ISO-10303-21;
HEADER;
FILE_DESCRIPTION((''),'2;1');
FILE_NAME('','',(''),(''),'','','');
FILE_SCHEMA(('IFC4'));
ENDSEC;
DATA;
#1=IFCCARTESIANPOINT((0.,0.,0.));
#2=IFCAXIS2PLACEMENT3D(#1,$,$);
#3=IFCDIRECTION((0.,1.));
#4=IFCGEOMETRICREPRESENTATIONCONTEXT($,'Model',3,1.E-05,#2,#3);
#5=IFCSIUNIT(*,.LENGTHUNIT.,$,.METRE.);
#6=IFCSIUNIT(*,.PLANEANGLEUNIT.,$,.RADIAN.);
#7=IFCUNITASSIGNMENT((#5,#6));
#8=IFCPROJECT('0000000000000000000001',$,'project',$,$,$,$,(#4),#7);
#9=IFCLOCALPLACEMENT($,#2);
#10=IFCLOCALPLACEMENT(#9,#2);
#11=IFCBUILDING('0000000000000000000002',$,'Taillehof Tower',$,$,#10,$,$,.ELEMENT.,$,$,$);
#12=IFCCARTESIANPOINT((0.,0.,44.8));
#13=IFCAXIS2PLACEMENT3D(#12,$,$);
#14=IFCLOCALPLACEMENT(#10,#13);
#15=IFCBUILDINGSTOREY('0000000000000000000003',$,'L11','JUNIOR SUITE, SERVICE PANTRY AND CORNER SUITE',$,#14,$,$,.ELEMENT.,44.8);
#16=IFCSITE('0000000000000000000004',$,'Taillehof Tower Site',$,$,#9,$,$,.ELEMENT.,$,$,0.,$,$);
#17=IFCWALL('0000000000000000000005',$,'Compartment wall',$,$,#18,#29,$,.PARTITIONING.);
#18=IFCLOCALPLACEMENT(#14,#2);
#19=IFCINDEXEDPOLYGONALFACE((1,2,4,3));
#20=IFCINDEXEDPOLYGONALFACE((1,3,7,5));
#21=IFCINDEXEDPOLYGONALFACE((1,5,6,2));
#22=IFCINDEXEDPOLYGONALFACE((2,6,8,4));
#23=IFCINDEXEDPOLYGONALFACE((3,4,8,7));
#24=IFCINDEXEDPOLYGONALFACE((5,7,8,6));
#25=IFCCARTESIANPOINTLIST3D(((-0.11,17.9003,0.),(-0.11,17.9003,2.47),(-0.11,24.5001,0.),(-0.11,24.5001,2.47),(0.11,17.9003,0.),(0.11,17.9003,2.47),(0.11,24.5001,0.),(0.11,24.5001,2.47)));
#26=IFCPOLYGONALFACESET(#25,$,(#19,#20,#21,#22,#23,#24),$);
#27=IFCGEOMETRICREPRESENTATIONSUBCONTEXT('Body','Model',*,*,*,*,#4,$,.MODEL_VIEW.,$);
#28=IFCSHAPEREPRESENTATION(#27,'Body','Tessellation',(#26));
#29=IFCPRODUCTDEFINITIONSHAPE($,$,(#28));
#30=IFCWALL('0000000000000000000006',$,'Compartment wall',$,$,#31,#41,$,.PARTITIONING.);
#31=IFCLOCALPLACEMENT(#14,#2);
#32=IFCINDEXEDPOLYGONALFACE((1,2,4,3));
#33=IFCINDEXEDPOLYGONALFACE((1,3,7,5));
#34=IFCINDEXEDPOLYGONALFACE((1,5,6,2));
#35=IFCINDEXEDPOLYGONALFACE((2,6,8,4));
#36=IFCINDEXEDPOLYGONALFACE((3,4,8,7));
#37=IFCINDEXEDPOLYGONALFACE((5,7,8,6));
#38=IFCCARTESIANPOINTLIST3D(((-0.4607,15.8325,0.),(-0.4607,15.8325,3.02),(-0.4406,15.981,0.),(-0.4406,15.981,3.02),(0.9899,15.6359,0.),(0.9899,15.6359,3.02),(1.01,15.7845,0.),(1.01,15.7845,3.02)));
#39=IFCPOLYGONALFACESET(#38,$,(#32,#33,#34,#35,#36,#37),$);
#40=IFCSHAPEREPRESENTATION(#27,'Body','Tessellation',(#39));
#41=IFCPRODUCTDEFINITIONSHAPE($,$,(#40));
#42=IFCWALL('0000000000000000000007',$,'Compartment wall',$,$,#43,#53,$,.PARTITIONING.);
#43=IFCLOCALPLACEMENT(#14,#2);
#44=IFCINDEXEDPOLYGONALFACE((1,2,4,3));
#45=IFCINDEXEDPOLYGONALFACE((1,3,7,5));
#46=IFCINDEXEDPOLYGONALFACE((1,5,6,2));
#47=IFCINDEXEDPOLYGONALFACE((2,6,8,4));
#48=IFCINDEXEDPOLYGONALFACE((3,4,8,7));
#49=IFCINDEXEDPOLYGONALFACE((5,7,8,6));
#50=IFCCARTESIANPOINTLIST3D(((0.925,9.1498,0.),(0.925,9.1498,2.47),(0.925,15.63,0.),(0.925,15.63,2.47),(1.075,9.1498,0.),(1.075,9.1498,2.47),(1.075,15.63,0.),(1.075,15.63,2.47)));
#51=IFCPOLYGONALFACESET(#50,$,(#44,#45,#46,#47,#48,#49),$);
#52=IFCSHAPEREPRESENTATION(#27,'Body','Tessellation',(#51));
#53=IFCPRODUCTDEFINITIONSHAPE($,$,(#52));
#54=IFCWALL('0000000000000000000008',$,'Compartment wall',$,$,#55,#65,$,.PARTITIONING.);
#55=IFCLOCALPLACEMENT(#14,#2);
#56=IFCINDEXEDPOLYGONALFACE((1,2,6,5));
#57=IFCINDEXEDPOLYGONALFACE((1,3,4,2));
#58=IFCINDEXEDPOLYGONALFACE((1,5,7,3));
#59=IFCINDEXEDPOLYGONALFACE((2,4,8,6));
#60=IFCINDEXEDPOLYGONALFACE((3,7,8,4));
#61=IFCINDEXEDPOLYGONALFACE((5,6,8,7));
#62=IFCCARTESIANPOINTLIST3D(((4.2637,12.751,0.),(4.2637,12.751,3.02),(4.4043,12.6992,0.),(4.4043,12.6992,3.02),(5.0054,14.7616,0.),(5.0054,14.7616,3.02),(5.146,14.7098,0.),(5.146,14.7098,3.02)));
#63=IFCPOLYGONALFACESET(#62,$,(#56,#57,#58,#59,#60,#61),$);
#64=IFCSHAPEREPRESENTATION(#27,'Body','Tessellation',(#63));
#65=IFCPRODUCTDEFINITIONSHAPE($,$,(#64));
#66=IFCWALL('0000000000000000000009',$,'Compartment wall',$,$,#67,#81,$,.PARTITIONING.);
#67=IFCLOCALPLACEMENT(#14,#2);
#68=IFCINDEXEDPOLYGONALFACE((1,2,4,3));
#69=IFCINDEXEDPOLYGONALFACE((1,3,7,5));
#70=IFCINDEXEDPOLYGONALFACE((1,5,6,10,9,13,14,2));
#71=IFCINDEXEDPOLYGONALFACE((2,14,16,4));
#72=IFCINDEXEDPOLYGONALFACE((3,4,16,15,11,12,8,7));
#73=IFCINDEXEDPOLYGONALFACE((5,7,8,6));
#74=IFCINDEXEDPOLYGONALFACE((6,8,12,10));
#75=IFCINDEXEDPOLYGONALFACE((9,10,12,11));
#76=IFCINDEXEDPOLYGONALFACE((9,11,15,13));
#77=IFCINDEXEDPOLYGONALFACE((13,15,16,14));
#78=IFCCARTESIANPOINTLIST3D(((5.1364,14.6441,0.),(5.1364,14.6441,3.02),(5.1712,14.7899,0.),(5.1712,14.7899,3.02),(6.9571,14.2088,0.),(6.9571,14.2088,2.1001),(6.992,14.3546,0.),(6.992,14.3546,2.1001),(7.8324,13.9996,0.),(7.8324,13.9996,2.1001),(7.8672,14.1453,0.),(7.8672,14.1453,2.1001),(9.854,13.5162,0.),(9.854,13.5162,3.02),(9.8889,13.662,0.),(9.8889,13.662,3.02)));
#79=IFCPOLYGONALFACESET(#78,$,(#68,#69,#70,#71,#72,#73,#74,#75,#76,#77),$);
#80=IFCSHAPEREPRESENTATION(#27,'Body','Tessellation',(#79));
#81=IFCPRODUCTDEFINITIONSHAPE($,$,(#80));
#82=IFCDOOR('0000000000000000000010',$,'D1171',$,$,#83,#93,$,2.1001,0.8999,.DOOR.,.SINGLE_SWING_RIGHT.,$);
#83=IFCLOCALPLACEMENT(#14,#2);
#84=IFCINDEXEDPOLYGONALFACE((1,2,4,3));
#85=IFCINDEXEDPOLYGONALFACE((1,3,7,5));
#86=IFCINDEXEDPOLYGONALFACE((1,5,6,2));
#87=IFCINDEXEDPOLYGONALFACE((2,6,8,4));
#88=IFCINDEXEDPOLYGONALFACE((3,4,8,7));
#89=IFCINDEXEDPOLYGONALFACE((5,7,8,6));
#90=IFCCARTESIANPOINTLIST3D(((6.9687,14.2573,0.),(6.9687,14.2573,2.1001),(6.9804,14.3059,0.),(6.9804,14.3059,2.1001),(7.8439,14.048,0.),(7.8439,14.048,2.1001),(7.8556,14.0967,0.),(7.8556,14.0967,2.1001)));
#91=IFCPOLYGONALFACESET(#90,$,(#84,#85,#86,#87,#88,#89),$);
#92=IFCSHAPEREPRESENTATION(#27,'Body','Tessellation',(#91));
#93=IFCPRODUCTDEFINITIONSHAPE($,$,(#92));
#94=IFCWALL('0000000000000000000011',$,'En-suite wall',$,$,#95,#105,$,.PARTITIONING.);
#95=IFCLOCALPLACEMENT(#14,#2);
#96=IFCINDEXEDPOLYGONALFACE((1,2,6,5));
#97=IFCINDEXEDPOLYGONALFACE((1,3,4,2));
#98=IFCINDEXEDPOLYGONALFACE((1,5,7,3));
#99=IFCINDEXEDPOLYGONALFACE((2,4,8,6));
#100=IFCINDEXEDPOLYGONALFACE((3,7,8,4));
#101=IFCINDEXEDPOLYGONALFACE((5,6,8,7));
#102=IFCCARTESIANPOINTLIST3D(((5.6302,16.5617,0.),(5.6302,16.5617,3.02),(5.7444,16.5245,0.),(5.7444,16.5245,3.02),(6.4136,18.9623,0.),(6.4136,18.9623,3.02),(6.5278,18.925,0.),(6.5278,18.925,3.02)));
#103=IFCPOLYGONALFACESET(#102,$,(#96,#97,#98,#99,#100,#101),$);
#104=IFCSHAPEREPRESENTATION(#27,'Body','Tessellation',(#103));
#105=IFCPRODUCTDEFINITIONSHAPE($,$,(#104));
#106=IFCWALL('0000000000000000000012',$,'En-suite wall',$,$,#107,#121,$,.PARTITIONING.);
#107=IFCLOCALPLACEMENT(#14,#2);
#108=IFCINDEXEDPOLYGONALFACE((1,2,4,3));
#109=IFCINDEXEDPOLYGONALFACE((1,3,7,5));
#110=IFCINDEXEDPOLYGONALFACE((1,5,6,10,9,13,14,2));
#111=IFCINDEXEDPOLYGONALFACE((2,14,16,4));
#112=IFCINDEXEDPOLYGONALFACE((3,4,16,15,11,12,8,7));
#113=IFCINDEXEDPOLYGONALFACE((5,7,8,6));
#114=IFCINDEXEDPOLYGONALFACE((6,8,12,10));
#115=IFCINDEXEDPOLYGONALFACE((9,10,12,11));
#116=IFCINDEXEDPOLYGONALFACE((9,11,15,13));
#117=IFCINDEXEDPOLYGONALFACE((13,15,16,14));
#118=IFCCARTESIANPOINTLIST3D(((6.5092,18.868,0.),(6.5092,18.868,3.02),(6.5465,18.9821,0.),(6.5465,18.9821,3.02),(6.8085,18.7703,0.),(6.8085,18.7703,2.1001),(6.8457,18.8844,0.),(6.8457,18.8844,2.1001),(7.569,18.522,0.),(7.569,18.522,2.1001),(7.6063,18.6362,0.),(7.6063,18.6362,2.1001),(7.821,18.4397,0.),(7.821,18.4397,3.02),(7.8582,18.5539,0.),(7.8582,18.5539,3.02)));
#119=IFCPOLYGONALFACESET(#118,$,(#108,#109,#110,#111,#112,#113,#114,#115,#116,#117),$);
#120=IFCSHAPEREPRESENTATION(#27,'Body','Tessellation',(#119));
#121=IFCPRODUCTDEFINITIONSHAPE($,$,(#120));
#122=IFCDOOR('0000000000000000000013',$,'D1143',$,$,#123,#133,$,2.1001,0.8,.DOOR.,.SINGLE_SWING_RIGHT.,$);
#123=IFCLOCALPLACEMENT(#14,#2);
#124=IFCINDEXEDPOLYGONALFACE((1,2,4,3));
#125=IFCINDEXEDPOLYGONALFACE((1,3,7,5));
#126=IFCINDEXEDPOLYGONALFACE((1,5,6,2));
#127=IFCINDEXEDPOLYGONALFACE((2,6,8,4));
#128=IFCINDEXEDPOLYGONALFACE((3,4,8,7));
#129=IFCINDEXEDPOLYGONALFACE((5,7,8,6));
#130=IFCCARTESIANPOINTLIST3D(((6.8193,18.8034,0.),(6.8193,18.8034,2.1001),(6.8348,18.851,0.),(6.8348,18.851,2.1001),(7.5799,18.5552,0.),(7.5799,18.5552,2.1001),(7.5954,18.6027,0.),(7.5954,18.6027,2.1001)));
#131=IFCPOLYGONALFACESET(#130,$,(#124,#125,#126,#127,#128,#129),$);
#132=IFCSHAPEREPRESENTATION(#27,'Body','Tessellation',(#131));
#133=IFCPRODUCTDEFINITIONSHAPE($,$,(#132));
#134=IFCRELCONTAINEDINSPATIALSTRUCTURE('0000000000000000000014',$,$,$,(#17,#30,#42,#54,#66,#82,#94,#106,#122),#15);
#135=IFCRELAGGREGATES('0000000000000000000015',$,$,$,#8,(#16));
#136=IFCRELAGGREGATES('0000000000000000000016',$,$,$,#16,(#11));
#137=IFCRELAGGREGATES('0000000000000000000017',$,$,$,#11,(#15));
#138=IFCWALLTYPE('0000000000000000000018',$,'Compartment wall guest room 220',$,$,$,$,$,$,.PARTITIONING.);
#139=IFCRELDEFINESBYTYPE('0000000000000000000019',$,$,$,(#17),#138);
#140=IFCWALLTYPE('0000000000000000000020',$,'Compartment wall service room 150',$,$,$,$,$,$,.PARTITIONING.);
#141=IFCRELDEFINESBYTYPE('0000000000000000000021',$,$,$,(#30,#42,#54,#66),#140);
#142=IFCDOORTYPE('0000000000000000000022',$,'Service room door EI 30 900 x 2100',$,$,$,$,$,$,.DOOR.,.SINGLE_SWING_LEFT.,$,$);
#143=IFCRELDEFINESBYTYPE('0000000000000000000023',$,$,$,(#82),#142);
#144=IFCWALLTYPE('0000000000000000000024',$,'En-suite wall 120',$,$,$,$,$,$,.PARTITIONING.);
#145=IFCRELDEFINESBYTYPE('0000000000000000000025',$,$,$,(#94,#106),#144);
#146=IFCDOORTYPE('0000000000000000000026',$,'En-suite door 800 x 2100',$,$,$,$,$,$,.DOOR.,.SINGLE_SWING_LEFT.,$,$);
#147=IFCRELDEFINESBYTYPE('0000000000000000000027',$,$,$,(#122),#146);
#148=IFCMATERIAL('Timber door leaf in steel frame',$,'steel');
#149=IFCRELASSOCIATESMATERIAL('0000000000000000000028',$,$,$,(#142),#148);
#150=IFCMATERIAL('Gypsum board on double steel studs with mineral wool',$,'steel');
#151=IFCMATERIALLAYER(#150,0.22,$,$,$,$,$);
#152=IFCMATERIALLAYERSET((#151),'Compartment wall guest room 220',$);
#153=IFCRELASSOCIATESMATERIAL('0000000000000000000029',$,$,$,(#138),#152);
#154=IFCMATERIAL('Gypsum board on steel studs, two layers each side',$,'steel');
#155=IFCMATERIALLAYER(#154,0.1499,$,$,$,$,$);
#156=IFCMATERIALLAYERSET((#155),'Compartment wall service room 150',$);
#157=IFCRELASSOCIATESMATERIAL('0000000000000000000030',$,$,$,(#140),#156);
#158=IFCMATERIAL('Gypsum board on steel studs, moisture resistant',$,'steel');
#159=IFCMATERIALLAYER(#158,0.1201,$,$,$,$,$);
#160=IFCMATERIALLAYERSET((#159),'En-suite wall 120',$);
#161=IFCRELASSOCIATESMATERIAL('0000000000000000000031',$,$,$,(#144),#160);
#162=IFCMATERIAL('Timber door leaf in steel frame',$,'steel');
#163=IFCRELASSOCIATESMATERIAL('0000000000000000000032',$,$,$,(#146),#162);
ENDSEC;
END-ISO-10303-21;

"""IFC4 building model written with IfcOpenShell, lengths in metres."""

from ifc_helpers import new_model, si_unit, direction, frame, frame_2d, origin, place, context, subcontext, project, spatial, rectangle, extrude, material, layer, layer_set, type_object, element, fill, save


model = new_model("IFC4")

# Units and contexts
model_context = context("Model", 3, precision=1e-05, world=origin(), true_north=direction((0.0, 1.0)))
body_context = subcontext(model_context, "Body", "Model", "MODEL_VIEW")
ifc_project = project(units=[si_unit("LENGTHUNIT", "METRE"), si_unit("PLANEANGLEUNIT", "RADIAN")], contexts=[model_context])

# Site, building, storey
site_placement = place(None, origin())
site = spatial("IfcSite", under=ifc_project, at=site_placement, Name="Taillehof Tower Site", CompositionType="ELEMENT", RefElevation=0.0)
building_placement = place(site_placement, origin())
building = spatial("IfcBuilding", under=site, at=building_placement, Name="Taillehof Tower", CompositionType="ELEMENT")
storey_placement = place(building_placement, frame((0.0, 0.0, 44.8)))
storey = spatial("IfcBuildingStorey", under=building, at=storey_placement, Name="L11", Description="JUNIOR SUITE, SERVICE PANTRY AND CORNER SUITE", CompositionType="ELEMENT", Elevation=44.8)

# Shared definitions
ifc_material_1 = material(Name="Timber door leaf in steel frame", Category="steel")
door_type_1 = type_object("IfcDoorType", Name="Service room door EI 30 900 x 2100", OperationType="SINGLE_SWING_LEFT", PredefinedType="DOOR", material=ifc_material_1)

# Walls
ifc_material_2 = material(Name="Gypsum board on double steel studs with mineral wool", Category="steel")
ifc_layer_1 = layer(ifc_material_2, 0.22)
ifc_layer_set_1 = layer_set([ifc_layer_1], Name="Compartment wall guest room 220")
wall_type_1 = type_object("IfcWallType", Name="Compartment wall guest room 220", PredefinedType="PARTITIONING", material=ifc_layer_set_1)
wall_1_placement = place(storey_placement, frame((0.0, 24.5, 0.0), z_axis=(0.0, 0.0, 1.0), x_axis=(0.0, -1.0, 0.0)))
element("IfcWall", 1, at=wall_1_placement, inside=storey, type_object=wall_type_1, Name="Compartment wall", PredefinedType="PARTITIONING", context=body_context, shape_type="SweptSolid", body=[
    extrude(rectangle(XDim=6.5999, YDim=0.22, at=frame_2d((3.2998, 0.0))), origin(), (0.0, 0.0, 1.0), 2.47),
])
ifc_material_3 = material(Name="Gypsum board on steel studs, two layers each side", Category="steel")
ifc_layer_2 = layer(ifc_material_3, 0.1499)
ifc_layer_set_2 = layer_set([ifc_layer_2], Name="Compartment wall service room 150")
wall_type_2 = type_object("IfcWallType", Name="Compartment wall service room 150", PredefinedType="PARTITIONING", material=ifc_layer_set_2)
wall_2_placement = place(storey_placement, frame((-0.4507, 15.9067, 0.0), z_axis=(0.0, 0.0, 1.0), x_axis=(0.990948, -0.13425, 0.0)))
element("IfcWall", 2, at=wall_2_placement, inside=storey, type_object=wall_type_2, Name="Compartment wall", PredefinedType="PARTITIONING", context=body_context, shape_type="SweptSolid", body=[
    extrude(rectangle(XDim=1.4639, YDim=0.1499, at=frame_2d((0.7319, 0.0))), origin(), (0.0, 0.0, 1.0), 3.02),
])
wall_3_placement = place(storey_placement, frame((1.0, 15.6301, 0.0), z_axis=(0.0, 0.0, 1.0), x_axis=(0.0, -1.0, 0.0)))
element("IfcWall", 3, at=wall_3_placement, inside=storey, type_object=wall_type_2, Name="Compartment wall", PredefinedType="PARTITIONING", context=body_context, shape_type="SweptSolid", body=[
    extrude(rectangle(XDim=6.4802, YDim=0.1499, at=frame_2d((3.2402, 0.0))), origin(), (0.0, 0.0, 1.0), 2.47),
])
wall_4_placement = place(storey_placement, frame((4.334, 12.7251, 0.0), z_axis=(0.0, 0.0, 1.0), x_axis=(0.346112, 0.938193, 0.0)))
element("IfcWall", 4, at=wall_4_placement, inside=storey, type_object=wall_type_2, Name="Compartment wall", PredefinedType="PARTITIONING", context=body_context, shape_type="SweptSolid", body=[
    extrude(rectangle(XDim=2.1431, YDim=0.1499, at=frame_2d((1.0715, 0.0))), origin(), (0.0, 0.0, 1.0), 3.02),
])

# Wall, opening, door
wall_5_placement = place(storey_placement, frame((5.1538, 14.717, 0.0), z_axis=(0.0, 0.0, 1.0), x_axis=(0.972587, -0.232539, 0.0)))
wall_5 = element("IfcWall", 5, at=wall_5_placement, inside=storey, type_object=wall_type_2, Name="Compartment wall", PredefinedType="PARTITIONING", context=body_context, shape_type="SweptSolid", body=[
    extrude(rectangle(XDim=4.8506, YDim=0.1499, at=frame_2d((2.4253, 0.0))), origin(), (0.0, 0.0, 1.0), 3.02),
])
opening_1_placement = place(wall_5_placement, frame((1.8721, 0.0, 0.0)))
opening_1 = element("IfcOpeningElement", 6, at=opening_1_placement, cuts=wall_5, PredefinedType="OPENING", context=body_context, shape_type="SweptSolid", body=[
    extrude(rectangle(XDim=0.8999, YDim=2.1001, at=frame_2d((0.45, 1.05))), frame((0.0, 0.085, 0.0), z_axis=(0.0, -1.0, 0.0), x_axis=(1.0, 0.0, 0.0)), (0.0, 0.0, 1.0), 0.1699),
])
door_1_placement = place(opening_1_placement, origin())
door_1 = element("IfcDoor", 7, at=door_1_placement, inside=storey, type_object=door_type_1, Name="D1171", OperationType="SINGLE_SWING_RIGHT", OverallHeight=2.1001, OverallWidth=0.8999, PredefinedType="DOOR", context=body_context, shape_type="SweptSolid", body=[
    extrude(rectangle(XDim=0.8999, YDim=2.1001, at=frame_2d((0.45, 1.05))), frame((0.0, 0.0249, 0.0), z_axis=(0.0, -1.0, 0.0), x_axis=(1.0, 0.0, 0.0)), (0.0, 0.0, 1.0), 0.05),
])
fill(opening_1, door_1)

# Wall
ifc_material_4 = material(Name="Gypsum board on steel studs, moisture resistant", Category="steel")
ifc_layer_3 = layer(ifc_material_4, 0.1201)
ifc_layer_set_3 = layer_set([ifc_layer_3], Name="En-suite wall 120")
wall_type_3 = type_object("IfcWallType", Name="En-suite wall 120", PredefinedType="PARTITIONING", material=ifc_layer_set_3)
wall_6_placement = place(storey_placement, frame((5.6873, 16.543, 0.0), z_axis=(0.0, 0.0, 1.0), x_axis=(0.310247, 0.950656, 0.0)))
element("IfcWall", 8, at=wall_6_placement, inside=storey, type_object=wall_type_3, Name="En-suite wall", PredefinedType="PARTITIONING", context=body_context, shape_type="SweptSolid", body=[
    extrude(rectangle(XDim=2.5251, YDim=0.1201, at=frame_2d((1.2627, 0.0))), origin(), (0.0, 0.0, 1.0), 3.02),
])

# Wall, opening, door
wall_7_placement = place(storey_placement, frame((6.5278, 18.925, 0.0), z_axis=(0.0, 0.0, 1.0), x_axis=(0.950629, -0.31033, 0.0)))
wall_7 = element("IfcWall", 9, at=wall_7_placement, inside=storey, type_object=wall_type_3, Name="En-suite wall", PredefinedType="PARTITIONING", context=body_context, shape_type="SweptSolid", body=[
    extrude(rectangle(XDim=1.3799, YDim=0.1201, at=frame_2d((0.6899, 0.0))), origin(), (0.0, 0.0, 1.0), 3.02),
])
opening_2_placement = place(wall_7_placement, frame((0.3149, 0.0, 0.0)))
opening_2 = element("IfcOpeningElement", 10, at=opening_2_placement, cuts=wall_7, PredefinedType="OPENING", context=body_context, shape_type="SweptSolid", body=[
    extrude(rectangle(XDim=0.8, YDim=2.1001, at=frame_2d((0.3999, 1.05))), frame((0.0, 0.0701, 0.0), z_axis=(0.0, -1.0, 0.0), x_axis=(1.0, 0.0, 0.0)), (0.0, 0.0, 1.0), 0.1401),
])
ifc_material_5 = material(Name="Timber door leaf in steel frame", Category="steel")
door_type_2 = type_object("IfcDoorType", Name="En-suite door 800 x 2100", OperationType="SINGLE_SWING_LEFT", PredefinedType="DOOR", material=ifc_material_5)
door_2_placement = place(opening_2_placement, origin())
door_2 = element("IfcDoor", 11, at=door_2_placement, inside=storey, type_object=door_type_2, Name="D1143", OperationType="SINGLE_SWING_RIGHT", OverallHeight=2.1001, OverallWidth=0.8, PredefinedType="DOOR", context=body_context, shape_type="SweptSolid", body=[
    extrude(rectangle(XDim=0.8, YDim=2.1001, at=frame_2d((0.3999, 1.05))), frame((0.0, 0.0249, 0.0), z_axis=(0.0, -1.0, 0.0), x_axis=(1.0, 0.0, 0.0)), (0.0, 0.0, 1.0), 0.05),
])
fill(opening_2, door_2)

save(model, "model.ifc")
